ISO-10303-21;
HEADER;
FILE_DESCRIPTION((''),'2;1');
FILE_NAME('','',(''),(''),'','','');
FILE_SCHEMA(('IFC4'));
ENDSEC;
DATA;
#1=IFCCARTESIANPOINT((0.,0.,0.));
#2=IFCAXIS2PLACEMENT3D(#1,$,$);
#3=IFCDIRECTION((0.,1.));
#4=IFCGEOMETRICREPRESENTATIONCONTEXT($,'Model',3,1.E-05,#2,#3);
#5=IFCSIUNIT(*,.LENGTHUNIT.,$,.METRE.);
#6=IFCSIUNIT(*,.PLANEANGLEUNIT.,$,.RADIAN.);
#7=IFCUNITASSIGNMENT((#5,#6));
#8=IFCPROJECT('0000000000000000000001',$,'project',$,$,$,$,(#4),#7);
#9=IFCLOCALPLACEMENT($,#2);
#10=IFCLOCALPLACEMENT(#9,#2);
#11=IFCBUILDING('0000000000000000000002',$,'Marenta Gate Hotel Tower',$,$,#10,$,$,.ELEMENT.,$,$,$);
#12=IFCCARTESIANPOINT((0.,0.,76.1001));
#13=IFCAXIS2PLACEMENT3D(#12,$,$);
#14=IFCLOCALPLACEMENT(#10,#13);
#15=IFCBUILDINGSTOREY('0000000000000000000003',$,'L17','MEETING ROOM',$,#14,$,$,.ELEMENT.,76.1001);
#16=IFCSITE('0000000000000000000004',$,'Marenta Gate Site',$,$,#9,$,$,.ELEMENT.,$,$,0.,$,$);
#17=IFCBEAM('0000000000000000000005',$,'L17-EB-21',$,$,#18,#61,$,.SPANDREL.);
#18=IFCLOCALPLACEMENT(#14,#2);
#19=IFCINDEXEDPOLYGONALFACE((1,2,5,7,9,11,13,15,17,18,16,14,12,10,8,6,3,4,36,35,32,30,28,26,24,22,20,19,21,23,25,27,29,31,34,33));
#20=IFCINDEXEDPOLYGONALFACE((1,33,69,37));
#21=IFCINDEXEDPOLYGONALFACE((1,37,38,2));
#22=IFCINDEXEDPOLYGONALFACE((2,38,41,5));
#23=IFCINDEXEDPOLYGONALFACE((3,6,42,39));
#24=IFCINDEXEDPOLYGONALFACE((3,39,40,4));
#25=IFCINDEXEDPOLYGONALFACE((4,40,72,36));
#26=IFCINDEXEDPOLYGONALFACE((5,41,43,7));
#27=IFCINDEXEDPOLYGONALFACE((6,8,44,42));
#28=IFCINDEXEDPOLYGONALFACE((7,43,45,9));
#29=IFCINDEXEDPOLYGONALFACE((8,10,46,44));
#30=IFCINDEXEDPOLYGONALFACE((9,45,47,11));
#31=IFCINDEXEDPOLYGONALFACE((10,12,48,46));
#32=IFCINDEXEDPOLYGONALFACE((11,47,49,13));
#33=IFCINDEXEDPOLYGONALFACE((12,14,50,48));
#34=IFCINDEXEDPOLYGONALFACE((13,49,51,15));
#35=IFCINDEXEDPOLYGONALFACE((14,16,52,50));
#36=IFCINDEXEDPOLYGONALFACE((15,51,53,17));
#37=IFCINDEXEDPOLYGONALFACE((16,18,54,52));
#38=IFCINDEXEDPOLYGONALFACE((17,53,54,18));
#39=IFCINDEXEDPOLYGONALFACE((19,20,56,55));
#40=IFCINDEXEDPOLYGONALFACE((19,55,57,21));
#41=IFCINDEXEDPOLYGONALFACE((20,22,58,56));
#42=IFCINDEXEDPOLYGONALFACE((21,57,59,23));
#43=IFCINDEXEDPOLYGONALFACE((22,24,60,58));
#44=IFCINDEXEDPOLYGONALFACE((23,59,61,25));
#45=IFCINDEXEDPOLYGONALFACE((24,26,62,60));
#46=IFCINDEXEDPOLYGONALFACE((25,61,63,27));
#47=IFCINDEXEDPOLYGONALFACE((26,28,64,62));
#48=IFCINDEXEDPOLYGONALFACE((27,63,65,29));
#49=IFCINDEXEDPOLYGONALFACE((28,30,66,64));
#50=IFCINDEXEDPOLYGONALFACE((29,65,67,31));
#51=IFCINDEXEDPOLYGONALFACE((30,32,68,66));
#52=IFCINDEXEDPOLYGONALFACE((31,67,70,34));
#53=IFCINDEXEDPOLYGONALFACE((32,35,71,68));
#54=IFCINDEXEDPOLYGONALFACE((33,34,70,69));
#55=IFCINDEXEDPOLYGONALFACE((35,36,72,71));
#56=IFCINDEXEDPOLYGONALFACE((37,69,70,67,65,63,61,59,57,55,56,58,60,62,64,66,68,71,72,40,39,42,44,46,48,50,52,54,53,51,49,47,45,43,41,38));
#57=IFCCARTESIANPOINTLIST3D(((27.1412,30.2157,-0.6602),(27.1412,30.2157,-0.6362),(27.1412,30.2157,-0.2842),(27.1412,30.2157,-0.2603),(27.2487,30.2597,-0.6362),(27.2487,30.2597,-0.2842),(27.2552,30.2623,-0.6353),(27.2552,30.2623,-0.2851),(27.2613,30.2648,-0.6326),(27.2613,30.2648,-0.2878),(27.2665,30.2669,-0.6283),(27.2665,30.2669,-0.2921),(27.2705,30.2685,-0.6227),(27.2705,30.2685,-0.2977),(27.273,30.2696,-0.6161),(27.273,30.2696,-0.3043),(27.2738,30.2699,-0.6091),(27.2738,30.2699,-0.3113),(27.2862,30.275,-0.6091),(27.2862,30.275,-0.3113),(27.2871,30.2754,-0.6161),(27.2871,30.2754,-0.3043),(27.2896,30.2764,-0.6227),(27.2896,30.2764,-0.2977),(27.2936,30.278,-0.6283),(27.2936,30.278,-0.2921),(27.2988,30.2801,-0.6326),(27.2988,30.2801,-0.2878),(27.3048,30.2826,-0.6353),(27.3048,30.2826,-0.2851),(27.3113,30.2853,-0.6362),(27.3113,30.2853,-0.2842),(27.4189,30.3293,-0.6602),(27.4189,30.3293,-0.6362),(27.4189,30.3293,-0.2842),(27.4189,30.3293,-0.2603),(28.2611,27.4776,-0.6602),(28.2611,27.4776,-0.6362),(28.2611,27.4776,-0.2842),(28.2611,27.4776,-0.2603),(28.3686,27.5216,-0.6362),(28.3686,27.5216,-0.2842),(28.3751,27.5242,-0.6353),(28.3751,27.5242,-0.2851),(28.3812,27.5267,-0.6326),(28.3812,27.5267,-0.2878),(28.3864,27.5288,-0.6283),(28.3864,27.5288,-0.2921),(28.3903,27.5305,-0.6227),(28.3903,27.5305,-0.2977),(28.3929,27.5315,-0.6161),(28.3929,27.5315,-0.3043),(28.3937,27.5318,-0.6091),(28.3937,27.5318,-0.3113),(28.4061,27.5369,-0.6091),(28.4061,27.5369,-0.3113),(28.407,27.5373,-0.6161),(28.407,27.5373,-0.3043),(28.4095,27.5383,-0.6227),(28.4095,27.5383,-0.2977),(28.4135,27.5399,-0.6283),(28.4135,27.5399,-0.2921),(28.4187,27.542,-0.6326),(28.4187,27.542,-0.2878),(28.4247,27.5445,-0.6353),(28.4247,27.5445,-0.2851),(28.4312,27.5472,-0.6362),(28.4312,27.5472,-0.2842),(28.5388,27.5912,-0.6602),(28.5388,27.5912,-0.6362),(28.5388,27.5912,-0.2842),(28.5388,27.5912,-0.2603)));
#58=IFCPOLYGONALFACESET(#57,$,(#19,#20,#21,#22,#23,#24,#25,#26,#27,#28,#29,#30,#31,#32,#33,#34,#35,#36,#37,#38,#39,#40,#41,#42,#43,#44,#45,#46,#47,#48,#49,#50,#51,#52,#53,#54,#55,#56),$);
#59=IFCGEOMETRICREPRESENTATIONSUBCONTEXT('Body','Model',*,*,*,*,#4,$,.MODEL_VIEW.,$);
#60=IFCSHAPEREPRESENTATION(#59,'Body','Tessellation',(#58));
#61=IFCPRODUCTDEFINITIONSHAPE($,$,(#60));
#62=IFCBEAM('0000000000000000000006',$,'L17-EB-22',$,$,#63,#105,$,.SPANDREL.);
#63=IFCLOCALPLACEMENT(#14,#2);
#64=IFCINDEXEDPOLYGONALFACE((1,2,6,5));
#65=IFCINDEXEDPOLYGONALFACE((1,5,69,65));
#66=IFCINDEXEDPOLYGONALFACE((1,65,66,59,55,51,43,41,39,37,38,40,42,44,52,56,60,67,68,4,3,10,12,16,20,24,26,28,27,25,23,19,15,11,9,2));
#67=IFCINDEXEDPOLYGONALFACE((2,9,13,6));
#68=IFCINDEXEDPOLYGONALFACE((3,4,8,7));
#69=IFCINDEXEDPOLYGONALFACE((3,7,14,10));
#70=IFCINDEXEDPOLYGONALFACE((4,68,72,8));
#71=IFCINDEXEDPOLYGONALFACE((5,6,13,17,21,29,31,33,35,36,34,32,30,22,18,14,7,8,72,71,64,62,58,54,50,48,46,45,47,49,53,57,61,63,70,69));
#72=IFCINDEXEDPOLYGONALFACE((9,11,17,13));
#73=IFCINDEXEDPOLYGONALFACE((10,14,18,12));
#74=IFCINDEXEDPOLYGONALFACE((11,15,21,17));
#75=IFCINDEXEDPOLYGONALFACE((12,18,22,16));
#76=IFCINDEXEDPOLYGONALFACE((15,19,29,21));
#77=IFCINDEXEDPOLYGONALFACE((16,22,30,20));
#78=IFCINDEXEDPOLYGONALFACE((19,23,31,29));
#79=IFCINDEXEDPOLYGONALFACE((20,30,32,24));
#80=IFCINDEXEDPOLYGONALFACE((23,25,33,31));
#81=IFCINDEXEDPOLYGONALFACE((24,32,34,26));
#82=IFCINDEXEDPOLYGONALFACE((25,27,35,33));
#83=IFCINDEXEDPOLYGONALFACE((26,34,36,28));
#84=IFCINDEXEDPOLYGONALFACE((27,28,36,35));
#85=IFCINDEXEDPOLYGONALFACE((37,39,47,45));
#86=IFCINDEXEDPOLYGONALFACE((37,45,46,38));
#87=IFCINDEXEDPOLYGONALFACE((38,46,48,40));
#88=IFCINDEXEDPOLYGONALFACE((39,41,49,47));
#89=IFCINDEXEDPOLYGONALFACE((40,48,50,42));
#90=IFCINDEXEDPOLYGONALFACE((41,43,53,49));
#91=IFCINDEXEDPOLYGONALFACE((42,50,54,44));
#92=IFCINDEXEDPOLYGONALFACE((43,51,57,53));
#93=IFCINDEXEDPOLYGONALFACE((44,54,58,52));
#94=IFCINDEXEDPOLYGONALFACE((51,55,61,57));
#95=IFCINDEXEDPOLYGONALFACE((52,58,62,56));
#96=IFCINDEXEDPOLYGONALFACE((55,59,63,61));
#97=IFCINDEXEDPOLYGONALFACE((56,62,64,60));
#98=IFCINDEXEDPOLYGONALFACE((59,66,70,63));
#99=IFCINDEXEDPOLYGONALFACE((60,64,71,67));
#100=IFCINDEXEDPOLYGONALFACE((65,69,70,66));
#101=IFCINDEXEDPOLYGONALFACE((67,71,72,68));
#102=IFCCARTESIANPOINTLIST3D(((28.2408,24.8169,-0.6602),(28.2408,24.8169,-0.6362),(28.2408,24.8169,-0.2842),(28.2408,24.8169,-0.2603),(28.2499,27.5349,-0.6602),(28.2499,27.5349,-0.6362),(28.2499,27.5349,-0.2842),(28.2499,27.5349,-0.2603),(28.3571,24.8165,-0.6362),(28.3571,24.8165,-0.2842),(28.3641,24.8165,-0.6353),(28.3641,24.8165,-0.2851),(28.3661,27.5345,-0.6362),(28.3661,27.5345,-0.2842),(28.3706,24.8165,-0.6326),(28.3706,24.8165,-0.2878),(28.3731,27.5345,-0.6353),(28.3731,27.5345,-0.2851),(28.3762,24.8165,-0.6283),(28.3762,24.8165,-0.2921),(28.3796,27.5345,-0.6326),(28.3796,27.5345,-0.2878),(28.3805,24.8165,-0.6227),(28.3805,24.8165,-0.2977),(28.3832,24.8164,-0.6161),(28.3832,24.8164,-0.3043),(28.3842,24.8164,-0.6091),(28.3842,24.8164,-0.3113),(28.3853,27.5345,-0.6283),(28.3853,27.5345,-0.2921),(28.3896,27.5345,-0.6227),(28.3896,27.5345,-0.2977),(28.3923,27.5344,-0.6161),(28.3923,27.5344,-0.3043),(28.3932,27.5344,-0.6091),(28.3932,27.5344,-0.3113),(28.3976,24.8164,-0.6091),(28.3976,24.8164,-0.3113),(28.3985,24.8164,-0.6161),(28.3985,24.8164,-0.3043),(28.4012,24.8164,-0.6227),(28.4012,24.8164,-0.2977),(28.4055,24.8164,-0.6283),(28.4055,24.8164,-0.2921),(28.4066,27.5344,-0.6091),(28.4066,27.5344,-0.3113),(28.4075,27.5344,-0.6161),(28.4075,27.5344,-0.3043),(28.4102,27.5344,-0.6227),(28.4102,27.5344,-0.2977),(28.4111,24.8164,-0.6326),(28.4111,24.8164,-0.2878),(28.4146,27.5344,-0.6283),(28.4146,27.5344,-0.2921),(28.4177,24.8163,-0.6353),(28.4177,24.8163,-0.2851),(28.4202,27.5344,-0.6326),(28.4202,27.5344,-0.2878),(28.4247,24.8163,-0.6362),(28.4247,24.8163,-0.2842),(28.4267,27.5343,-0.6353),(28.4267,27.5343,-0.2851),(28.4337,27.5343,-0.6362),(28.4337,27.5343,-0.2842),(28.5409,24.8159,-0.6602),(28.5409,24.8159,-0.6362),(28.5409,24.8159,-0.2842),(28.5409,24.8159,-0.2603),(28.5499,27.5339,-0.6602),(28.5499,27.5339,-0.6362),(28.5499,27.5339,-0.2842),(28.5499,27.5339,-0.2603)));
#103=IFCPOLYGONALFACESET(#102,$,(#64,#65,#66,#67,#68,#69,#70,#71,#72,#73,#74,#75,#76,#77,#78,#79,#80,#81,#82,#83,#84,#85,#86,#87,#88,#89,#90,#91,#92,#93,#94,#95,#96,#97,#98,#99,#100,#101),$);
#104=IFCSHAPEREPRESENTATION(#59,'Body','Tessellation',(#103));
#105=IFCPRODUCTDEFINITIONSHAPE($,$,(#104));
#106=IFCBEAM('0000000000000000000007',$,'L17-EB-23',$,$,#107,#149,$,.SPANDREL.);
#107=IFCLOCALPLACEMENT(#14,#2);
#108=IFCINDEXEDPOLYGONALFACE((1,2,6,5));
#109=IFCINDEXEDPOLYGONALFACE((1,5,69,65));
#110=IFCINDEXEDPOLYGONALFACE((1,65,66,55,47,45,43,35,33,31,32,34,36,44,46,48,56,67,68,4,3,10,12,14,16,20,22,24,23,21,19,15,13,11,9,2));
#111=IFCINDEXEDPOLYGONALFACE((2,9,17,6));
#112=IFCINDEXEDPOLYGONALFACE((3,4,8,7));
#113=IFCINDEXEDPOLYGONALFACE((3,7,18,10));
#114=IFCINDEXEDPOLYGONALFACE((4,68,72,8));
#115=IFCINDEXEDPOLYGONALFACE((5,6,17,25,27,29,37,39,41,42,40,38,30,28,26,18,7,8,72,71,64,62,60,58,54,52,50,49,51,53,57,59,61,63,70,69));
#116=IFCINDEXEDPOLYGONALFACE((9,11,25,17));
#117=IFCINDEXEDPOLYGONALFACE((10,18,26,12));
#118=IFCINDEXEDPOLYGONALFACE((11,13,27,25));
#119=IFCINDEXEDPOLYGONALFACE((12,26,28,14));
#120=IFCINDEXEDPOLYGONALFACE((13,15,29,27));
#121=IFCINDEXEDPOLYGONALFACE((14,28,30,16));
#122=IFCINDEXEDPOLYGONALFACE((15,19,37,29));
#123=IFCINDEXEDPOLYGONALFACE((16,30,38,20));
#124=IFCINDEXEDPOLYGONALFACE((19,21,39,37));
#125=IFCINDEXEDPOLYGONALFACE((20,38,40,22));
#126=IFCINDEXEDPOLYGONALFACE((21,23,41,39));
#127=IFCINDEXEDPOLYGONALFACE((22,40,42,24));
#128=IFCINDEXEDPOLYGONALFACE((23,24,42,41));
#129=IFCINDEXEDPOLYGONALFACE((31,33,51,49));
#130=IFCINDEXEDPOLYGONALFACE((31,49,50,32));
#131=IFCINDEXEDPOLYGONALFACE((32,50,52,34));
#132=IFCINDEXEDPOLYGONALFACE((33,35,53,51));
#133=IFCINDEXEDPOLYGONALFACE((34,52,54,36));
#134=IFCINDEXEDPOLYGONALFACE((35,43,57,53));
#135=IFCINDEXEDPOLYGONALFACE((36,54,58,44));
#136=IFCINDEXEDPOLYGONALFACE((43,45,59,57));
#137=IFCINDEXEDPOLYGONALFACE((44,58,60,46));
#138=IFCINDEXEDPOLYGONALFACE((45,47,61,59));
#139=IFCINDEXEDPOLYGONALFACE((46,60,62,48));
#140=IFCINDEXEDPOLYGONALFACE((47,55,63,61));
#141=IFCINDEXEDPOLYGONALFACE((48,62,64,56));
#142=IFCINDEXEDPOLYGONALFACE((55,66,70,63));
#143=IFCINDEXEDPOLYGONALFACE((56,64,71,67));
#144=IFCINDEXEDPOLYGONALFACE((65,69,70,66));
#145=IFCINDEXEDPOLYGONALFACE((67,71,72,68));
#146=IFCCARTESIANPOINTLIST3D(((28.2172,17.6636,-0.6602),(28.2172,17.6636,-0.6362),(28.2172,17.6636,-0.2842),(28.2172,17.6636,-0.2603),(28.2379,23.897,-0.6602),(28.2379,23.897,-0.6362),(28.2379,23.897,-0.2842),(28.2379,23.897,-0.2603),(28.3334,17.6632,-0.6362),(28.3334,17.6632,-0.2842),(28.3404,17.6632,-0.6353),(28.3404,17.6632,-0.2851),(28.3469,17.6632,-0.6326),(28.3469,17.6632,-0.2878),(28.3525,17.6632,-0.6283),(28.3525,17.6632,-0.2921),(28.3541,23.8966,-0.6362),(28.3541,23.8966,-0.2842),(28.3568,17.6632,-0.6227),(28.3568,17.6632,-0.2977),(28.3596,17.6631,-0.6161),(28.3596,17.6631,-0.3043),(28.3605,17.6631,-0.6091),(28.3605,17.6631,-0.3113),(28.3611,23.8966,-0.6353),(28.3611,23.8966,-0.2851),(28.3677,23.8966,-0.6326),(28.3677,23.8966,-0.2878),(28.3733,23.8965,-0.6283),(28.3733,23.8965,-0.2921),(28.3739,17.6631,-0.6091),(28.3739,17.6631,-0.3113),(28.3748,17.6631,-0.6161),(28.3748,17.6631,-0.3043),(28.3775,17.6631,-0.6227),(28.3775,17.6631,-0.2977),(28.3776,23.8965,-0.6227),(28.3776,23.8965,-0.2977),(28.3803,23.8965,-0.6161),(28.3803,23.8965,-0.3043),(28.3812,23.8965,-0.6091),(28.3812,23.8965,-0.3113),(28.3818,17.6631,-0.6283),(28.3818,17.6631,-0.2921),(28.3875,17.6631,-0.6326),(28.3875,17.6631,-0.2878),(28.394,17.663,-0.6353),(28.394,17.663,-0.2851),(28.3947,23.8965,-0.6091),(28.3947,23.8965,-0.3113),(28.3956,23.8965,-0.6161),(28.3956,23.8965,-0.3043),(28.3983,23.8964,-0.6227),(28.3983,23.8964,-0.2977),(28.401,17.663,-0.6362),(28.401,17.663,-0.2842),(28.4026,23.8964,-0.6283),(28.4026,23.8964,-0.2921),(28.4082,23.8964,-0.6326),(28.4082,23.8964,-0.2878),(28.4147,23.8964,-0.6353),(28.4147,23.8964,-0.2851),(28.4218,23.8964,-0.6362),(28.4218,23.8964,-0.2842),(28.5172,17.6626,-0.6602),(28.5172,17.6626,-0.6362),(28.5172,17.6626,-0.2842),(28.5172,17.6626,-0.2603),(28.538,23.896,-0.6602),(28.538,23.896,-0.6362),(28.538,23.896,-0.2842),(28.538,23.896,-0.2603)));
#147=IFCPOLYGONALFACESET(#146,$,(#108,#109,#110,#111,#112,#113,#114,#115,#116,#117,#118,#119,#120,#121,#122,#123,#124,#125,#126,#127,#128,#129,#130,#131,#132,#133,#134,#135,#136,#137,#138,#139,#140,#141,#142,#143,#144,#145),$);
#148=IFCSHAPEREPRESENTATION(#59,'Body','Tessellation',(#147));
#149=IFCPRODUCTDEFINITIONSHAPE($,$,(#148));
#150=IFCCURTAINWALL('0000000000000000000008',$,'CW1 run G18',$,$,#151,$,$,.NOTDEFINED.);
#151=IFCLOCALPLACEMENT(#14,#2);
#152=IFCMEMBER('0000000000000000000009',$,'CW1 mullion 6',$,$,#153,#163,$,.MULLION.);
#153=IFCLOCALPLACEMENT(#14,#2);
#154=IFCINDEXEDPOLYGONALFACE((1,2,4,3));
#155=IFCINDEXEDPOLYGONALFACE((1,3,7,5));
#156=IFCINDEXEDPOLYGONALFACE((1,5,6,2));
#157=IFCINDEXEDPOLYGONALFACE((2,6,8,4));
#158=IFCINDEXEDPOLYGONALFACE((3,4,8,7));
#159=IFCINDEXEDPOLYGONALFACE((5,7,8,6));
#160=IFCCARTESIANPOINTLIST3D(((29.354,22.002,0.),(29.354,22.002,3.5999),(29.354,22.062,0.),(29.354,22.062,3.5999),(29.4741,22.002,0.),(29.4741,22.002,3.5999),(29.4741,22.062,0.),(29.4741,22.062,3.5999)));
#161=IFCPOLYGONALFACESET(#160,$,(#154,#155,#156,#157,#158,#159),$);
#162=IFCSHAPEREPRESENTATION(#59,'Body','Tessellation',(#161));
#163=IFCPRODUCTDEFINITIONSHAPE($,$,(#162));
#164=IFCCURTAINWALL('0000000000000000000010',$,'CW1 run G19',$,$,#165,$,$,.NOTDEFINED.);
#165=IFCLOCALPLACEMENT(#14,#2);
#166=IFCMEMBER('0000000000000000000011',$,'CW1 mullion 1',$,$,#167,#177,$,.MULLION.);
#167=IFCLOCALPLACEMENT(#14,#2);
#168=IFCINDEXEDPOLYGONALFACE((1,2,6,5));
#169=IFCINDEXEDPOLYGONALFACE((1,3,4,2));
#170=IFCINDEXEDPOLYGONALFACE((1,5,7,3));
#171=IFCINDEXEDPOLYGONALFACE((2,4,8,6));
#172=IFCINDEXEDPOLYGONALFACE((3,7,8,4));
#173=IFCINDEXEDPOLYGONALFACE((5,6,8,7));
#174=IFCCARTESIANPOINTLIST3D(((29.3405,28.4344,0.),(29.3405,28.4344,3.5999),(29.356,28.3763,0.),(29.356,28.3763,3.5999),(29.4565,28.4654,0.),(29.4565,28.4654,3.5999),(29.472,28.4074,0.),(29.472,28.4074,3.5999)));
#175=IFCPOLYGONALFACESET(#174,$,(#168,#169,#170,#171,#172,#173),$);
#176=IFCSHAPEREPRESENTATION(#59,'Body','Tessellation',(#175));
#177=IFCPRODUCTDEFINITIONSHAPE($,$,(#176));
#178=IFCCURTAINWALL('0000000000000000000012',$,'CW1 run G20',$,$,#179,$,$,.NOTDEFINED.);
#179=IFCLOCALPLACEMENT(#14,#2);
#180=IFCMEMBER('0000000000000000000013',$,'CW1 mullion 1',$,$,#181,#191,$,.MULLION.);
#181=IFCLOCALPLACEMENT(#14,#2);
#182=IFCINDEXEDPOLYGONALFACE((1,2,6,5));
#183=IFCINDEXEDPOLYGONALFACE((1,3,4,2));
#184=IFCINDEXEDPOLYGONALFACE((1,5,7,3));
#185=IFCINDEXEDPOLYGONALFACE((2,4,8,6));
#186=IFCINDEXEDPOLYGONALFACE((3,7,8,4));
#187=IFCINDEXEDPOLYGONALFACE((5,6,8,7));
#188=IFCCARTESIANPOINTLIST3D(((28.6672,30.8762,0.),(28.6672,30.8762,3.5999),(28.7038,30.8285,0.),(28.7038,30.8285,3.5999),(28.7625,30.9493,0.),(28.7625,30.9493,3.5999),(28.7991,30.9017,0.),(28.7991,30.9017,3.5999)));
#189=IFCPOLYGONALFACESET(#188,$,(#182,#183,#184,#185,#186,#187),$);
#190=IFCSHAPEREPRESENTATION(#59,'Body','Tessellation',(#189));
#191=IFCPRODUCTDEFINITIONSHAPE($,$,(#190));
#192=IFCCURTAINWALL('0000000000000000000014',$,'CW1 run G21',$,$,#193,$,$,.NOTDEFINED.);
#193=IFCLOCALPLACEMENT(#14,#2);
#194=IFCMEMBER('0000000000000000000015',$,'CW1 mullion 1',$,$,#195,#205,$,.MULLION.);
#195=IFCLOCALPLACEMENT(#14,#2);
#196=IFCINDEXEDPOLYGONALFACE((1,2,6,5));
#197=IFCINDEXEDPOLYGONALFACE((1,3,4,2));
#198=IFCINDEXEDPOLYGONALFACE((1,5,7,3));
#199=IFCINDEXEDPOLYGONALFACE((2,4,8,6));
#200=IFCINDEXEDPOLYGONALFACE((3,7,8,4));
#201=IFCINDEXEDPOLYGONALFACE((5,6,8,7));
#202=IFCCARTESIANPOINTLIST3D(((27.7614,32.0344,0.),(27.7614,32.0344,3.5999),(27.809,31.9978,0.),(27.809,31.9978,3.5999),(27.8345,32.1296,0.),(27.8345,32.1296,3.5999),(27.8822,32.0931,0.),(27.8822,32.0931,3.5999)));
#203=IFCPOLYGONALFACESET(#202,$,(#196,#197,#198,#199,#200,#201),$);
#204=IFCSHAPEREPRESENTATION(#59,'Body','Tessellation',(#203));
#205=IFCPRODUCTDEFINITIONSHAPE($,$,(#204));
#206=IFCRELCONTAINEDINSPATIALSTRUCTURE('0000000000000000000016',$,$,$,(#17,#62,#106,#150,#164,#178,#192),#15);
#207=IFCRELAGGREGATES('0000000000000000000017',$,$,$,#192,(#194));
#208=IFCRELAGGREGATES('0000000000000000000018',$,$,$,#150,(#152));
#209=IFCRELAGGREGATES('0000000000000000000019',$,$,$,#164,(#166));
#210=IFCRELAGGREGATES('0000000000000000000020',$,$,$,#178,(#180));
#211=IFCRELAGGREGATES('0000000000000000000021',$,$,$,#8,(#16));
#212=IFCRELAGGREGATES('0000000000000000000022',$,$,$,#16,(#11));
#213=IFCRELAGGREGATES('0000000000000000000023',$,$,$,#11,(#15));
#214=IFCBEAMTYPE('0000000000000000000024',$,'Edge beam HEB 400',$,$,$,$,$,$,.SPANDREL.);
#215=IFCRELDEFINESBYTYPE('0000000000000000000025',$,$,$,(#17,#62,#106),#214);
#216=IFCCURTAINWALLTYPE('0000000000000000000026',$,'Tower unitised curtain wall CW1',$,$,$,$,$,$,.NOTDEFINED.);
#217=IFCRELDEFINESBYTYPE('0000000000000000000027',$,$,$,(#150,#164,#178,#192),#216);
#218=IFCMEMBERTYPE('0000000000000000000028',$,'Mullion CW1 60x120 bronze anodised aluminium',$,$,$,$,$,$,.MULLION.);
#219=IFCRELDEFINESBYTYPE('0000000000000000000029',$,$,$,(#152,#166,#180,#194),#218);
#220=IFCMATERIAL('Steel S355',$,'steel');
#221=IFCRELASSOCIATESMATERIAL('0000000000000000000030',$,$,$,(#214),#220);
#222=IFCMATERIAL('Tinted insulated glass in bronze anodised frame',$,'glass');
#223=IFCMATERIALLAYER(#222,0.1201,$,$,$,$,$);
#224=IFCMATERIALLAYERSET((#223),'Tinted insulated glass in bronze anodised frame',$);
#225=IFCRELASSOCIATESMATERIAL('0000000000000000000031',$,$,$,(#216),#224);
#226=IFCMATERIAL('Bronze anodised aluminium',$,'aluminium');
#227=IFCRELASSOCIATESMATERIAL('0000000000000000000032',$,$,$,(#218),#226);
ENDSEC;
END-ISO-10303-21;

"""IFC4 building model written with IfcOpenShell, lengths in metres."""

from ifc_helpers import new_model, si_unit, direction, frame, origin, origin_2d, place, context, subcontext, project, spatial, rectangle, i_section, extrude, material, layer, layer_set, material_profile, profile_set, type_object, element, aggregate, save


model = new_model("IFC4")

# Units and contexts
model_context = context("Model", 3, precision=1e-05, world=origin(), true_north=direction((0.0, 1.0)))
body_context = subcontext(model_context, "Body", "Model", "MODEL_VIEW")
ifc_project = project(units=[si_unit("LENGTHUNIT", "METRE"), si_unit("PLANEANGLEUNIT", "RADIAN")], contexts=[model_context])

# Site, building, storey
site_placement = place(None, origin())
site = spatial("IfcSite", under=ifc_project, at=site_placement, Name="Marenta Gate Site", CompositionType="ELEMENT", RefElevation=0.0)
building_placement = place(site_placement, origin())
building = spatial("IfcBuilding", under=site, at=building_placement, Name="Marenta Gate Hotel Tower", CompositionType="ELEMENT")
storey_placement = place(building_placement, frame((0.0, 0.0, 76.1001)))
storey = spatial("IfcBuildingStorey", under=building, at=storey_placement, Name="L17", Description="MEETING ROOM", CompositionType="ELEMENT", Elevation=76.1001)

# Beams
ifc_material_1 = material(Name="Steel S355", Category="steel")
ifc_material_profile_1 = material_profile(ifc_material_1, i_section(OverallWidth=0.3, OverallDepth=0.3999, WebThickness=0.0134, FlangeThickness=0.0239, FilletRadius=0.0271, at=origin_2d()), Name="HEB 400")
ifc_profile_set_1 = profile_set([ifc_material_profile_1], Name="Steel S355")
beam_type = type_object("IfcBeamType", Name="Edge beam HEB 400", PredefinedType="SPANDREL", material=ifc_profile_set_1)
beam_1_placement = place(storey_placement, frame((27.28, 30.2725, -0.4602), z_axis=(0.378565, -0.925575, 0.0), x_axis=(0.925575, 0.378565, 0.0)))
element("IfcBeam", 1, at=beam_1_placement, inside=storey, type_object=beam_type, Name="L17-EB-21", PredefinedType="SPANDREL", context=body_context, shape_type="SweptSolid", body=[
    extrude(i_section(OverallWidth=0.3, OverallDepth=0.3999, WebThickness=0.0134, FlangeThickness=0.0239, FilletRadius=0.0271, at=origin_2d()), origin(), (0.0, 0.0, 1.0), 2.9583),
])
beam_2_placement = place(storey_placement, frame((28.3999, 27.5344, -0.4602), z_axis=(-0.003323, -0.999994, 0.0), x_axis=(0.999994, -0.003323, 0.0)))
element("IfcBeam", 2, at=beam_2_placement, inside=storey, type_object=beam_type, Name="L17-EB-22", PredefinedType="SPANDREL", context=body_context, shape_type="SweptSolid", body=[
    extrude(i_section(OverallWidth=0.3, OverallDepth=0.3999, WebThickness=0.0134, FlangeThickness=0.0239, FilletRadius=0.0271, at=origin_2d()), origin(), (0.0, 0.0, 1.0), 2.718),
])
beam_3_placement = place(storey_placement, frame((28.3879, 23.8965, -0.4602), z_axis=(-0.003329, -0.999994, 0.0), x_axis=(0.999994, -0.003329, 0.0)))
element("IfcBeam", 3, at=beam_3_placement, inside=storey, type_object=beam_type, Name="L17-EB-23", PredefinedType="SPANDREL", context=body_context, shape_type="SweptSolid", body=[
    extrude(i_section(OverallWidth=0.3, OverallDepth=0.3999, WebThickness=0.0134, FlangeThickness=0.0239, FilletRadius=0.0271, at=origin_2d()), origin(), (0.0, 0.0, 1.0), 6.2334),
])

# Curtain walls, members
ifc_material_2 = material(Name="Tinted insulated glass in bronze anodised frame", Category="glass")
ifc_layer_1 = layer(ifc_material_2, 0.1201)
ifc_layer_set_1 = layer_set([ifc_layer_1], Name="Tinted insulated glass in bronze anodised frame")
curtain_wall_type = type_object("IfcCurtainWallType", Name="Tower unitised curtain wall CW1", PredefinedType="NOTDEFINED", material=ifc_layer_set_1)
curtain_wall_1_placement = place(storey_placement, origin())
curtain_wall_1 = element("IfcCurtainWall", 4, at=curtain_wall_1_placement, inside=storey, type_object=curtain_wall_type, Name="CW1 run G18", PredefinedType="NOTDEFINED")
ifc_material_3 = material(Name="Bronze anodised aluminium", Category="aluminium")
ifc_material_profile_2 = material_profile(ifc_material_3, rectangle(XDim=0.1201, YDim=0.0601, at=origin_2d()), Name="Mullion CW1 60x120 bronze anodised aluminium")
ifc_profile_set_2 = profile_set([ifc_material_profile_2], Name="Bronze anodised aluminium")
member_type_1 = type_object("IfcMemberType", Name="Mullion CW1 60x120 bronze anodised aluminium", PredefinedType="MULLION", material=ifc_profile_set_2)
member_1_placement = place(storey_placement, frame((29.4141, 22.032, 0.0), z_axis=(0.0, 0.0, 1.0), x_axis=(-1.0, 0.0, 0.0)))
member_1 = element("IfcMember", 5, at=member_1_placement, type_object=member_type_1, Name="CW1 mullion 6", PredefinedType="MULLION", context=body_context, shape_type="SweptSolid", body=[
    extrude(rectangle(XDim=0.1201, YDim=0.0601, at=origin_2d()), origin(), (0.0, 0.0, 1.0), 3.5999),
])
curtain_wall_2_placement = place(storey_placement, origin())
curtain_wall_2 = element("IfcCurtainWall", 6, at=curtain_wall_2_placement, inside=storey, type_object=curtain_wall_type, Name="CW1 run G19", PredefinedType="NOTDEFINED")
member_2_placement = place(storey_placement, frame((29.4062, 28.4209, 0.0), z_axis=(0.0, 0.0, 1.0), x_axis=(-0.965925, -0.258822, 0.0)))
member_2 = element("IfcMember", 7, at=member_2_placement, type_object=member_type_1, Name="CW1 mullion 1", PredefinedType="MULLION", context=body_context, shape_type="SweptSolid", body=[
    extrude(rectangle(XDim=0.1201, YDim=0.0601, at=origin_2d()), origin(), (0.0, 0.0, 1.0), 3.5999),
])
curtain_wall_3_placement = place(storey_placement, origin())
curtain_wall_3 = element("IfcCurtainWall", 8, at=curtain_wall_3_placement, inside=storey, type_object=curtain_wall_type, Name="CW1 run G20", PredefinedType="NOTDEFINED")
member_3_placement = place(storey_placement, frame((28.7332, 30.8889, 0.0), z_axis=(0.0, 0.0, 1.0), x_axis=(-0.793338, -0.608781, 0.0)))
member_3 = element("IfcMember", 9, at=member_3_placement, type_object=member_type_1, Name="CW1 mullion 1", PredefinedType="MULLION", context=body_context, shape_type="SweptSolid", body=[
    extrude(rectangle(XDim=0.1201, YDim=0.0601, at=origin_2d()), origin(), (0.0, 0.0, 1.0), 3.5999),
])
curtain_wall_4_placement = place(storey_placement, origin())
curtain_wall_4 = element("IfcCurtainWall", 10, at=curtain_wall_4_placement, inside=storey, type_object=curtain_wall_type, Name="CW1 run G21", PredefinedType="NOTDEFINED")
member_4_placement = place(storey_placement, frame((27.8218, 32.0637, 0.0), z_axis=(0.0, 0.0, 1.0), x_axis=(-0.608795, -0.793328, 0.0)))
member_4 = element("IfcMember", 11, at=member_4_placement, type_object=member_type_1, Name="CW1 mullion 1", PredefinedType="MULLION", context=body_context, shape_type="SweptSolid", body=[
    extrude(rectangle(XDim=0.1201, YDim=0.0601, at=origin_2d()), origin(), (0.0, 0.0, 1.0), 3.5999),
])
aggregate(curtain_wall_4, [member_4])

aggregate(curtain_wall_1, [member_1])
aggregate(curtain_wall_2, [member_2])
aggregate(curtain_wall_3, [member_3])

save(model, "model.ifc")
